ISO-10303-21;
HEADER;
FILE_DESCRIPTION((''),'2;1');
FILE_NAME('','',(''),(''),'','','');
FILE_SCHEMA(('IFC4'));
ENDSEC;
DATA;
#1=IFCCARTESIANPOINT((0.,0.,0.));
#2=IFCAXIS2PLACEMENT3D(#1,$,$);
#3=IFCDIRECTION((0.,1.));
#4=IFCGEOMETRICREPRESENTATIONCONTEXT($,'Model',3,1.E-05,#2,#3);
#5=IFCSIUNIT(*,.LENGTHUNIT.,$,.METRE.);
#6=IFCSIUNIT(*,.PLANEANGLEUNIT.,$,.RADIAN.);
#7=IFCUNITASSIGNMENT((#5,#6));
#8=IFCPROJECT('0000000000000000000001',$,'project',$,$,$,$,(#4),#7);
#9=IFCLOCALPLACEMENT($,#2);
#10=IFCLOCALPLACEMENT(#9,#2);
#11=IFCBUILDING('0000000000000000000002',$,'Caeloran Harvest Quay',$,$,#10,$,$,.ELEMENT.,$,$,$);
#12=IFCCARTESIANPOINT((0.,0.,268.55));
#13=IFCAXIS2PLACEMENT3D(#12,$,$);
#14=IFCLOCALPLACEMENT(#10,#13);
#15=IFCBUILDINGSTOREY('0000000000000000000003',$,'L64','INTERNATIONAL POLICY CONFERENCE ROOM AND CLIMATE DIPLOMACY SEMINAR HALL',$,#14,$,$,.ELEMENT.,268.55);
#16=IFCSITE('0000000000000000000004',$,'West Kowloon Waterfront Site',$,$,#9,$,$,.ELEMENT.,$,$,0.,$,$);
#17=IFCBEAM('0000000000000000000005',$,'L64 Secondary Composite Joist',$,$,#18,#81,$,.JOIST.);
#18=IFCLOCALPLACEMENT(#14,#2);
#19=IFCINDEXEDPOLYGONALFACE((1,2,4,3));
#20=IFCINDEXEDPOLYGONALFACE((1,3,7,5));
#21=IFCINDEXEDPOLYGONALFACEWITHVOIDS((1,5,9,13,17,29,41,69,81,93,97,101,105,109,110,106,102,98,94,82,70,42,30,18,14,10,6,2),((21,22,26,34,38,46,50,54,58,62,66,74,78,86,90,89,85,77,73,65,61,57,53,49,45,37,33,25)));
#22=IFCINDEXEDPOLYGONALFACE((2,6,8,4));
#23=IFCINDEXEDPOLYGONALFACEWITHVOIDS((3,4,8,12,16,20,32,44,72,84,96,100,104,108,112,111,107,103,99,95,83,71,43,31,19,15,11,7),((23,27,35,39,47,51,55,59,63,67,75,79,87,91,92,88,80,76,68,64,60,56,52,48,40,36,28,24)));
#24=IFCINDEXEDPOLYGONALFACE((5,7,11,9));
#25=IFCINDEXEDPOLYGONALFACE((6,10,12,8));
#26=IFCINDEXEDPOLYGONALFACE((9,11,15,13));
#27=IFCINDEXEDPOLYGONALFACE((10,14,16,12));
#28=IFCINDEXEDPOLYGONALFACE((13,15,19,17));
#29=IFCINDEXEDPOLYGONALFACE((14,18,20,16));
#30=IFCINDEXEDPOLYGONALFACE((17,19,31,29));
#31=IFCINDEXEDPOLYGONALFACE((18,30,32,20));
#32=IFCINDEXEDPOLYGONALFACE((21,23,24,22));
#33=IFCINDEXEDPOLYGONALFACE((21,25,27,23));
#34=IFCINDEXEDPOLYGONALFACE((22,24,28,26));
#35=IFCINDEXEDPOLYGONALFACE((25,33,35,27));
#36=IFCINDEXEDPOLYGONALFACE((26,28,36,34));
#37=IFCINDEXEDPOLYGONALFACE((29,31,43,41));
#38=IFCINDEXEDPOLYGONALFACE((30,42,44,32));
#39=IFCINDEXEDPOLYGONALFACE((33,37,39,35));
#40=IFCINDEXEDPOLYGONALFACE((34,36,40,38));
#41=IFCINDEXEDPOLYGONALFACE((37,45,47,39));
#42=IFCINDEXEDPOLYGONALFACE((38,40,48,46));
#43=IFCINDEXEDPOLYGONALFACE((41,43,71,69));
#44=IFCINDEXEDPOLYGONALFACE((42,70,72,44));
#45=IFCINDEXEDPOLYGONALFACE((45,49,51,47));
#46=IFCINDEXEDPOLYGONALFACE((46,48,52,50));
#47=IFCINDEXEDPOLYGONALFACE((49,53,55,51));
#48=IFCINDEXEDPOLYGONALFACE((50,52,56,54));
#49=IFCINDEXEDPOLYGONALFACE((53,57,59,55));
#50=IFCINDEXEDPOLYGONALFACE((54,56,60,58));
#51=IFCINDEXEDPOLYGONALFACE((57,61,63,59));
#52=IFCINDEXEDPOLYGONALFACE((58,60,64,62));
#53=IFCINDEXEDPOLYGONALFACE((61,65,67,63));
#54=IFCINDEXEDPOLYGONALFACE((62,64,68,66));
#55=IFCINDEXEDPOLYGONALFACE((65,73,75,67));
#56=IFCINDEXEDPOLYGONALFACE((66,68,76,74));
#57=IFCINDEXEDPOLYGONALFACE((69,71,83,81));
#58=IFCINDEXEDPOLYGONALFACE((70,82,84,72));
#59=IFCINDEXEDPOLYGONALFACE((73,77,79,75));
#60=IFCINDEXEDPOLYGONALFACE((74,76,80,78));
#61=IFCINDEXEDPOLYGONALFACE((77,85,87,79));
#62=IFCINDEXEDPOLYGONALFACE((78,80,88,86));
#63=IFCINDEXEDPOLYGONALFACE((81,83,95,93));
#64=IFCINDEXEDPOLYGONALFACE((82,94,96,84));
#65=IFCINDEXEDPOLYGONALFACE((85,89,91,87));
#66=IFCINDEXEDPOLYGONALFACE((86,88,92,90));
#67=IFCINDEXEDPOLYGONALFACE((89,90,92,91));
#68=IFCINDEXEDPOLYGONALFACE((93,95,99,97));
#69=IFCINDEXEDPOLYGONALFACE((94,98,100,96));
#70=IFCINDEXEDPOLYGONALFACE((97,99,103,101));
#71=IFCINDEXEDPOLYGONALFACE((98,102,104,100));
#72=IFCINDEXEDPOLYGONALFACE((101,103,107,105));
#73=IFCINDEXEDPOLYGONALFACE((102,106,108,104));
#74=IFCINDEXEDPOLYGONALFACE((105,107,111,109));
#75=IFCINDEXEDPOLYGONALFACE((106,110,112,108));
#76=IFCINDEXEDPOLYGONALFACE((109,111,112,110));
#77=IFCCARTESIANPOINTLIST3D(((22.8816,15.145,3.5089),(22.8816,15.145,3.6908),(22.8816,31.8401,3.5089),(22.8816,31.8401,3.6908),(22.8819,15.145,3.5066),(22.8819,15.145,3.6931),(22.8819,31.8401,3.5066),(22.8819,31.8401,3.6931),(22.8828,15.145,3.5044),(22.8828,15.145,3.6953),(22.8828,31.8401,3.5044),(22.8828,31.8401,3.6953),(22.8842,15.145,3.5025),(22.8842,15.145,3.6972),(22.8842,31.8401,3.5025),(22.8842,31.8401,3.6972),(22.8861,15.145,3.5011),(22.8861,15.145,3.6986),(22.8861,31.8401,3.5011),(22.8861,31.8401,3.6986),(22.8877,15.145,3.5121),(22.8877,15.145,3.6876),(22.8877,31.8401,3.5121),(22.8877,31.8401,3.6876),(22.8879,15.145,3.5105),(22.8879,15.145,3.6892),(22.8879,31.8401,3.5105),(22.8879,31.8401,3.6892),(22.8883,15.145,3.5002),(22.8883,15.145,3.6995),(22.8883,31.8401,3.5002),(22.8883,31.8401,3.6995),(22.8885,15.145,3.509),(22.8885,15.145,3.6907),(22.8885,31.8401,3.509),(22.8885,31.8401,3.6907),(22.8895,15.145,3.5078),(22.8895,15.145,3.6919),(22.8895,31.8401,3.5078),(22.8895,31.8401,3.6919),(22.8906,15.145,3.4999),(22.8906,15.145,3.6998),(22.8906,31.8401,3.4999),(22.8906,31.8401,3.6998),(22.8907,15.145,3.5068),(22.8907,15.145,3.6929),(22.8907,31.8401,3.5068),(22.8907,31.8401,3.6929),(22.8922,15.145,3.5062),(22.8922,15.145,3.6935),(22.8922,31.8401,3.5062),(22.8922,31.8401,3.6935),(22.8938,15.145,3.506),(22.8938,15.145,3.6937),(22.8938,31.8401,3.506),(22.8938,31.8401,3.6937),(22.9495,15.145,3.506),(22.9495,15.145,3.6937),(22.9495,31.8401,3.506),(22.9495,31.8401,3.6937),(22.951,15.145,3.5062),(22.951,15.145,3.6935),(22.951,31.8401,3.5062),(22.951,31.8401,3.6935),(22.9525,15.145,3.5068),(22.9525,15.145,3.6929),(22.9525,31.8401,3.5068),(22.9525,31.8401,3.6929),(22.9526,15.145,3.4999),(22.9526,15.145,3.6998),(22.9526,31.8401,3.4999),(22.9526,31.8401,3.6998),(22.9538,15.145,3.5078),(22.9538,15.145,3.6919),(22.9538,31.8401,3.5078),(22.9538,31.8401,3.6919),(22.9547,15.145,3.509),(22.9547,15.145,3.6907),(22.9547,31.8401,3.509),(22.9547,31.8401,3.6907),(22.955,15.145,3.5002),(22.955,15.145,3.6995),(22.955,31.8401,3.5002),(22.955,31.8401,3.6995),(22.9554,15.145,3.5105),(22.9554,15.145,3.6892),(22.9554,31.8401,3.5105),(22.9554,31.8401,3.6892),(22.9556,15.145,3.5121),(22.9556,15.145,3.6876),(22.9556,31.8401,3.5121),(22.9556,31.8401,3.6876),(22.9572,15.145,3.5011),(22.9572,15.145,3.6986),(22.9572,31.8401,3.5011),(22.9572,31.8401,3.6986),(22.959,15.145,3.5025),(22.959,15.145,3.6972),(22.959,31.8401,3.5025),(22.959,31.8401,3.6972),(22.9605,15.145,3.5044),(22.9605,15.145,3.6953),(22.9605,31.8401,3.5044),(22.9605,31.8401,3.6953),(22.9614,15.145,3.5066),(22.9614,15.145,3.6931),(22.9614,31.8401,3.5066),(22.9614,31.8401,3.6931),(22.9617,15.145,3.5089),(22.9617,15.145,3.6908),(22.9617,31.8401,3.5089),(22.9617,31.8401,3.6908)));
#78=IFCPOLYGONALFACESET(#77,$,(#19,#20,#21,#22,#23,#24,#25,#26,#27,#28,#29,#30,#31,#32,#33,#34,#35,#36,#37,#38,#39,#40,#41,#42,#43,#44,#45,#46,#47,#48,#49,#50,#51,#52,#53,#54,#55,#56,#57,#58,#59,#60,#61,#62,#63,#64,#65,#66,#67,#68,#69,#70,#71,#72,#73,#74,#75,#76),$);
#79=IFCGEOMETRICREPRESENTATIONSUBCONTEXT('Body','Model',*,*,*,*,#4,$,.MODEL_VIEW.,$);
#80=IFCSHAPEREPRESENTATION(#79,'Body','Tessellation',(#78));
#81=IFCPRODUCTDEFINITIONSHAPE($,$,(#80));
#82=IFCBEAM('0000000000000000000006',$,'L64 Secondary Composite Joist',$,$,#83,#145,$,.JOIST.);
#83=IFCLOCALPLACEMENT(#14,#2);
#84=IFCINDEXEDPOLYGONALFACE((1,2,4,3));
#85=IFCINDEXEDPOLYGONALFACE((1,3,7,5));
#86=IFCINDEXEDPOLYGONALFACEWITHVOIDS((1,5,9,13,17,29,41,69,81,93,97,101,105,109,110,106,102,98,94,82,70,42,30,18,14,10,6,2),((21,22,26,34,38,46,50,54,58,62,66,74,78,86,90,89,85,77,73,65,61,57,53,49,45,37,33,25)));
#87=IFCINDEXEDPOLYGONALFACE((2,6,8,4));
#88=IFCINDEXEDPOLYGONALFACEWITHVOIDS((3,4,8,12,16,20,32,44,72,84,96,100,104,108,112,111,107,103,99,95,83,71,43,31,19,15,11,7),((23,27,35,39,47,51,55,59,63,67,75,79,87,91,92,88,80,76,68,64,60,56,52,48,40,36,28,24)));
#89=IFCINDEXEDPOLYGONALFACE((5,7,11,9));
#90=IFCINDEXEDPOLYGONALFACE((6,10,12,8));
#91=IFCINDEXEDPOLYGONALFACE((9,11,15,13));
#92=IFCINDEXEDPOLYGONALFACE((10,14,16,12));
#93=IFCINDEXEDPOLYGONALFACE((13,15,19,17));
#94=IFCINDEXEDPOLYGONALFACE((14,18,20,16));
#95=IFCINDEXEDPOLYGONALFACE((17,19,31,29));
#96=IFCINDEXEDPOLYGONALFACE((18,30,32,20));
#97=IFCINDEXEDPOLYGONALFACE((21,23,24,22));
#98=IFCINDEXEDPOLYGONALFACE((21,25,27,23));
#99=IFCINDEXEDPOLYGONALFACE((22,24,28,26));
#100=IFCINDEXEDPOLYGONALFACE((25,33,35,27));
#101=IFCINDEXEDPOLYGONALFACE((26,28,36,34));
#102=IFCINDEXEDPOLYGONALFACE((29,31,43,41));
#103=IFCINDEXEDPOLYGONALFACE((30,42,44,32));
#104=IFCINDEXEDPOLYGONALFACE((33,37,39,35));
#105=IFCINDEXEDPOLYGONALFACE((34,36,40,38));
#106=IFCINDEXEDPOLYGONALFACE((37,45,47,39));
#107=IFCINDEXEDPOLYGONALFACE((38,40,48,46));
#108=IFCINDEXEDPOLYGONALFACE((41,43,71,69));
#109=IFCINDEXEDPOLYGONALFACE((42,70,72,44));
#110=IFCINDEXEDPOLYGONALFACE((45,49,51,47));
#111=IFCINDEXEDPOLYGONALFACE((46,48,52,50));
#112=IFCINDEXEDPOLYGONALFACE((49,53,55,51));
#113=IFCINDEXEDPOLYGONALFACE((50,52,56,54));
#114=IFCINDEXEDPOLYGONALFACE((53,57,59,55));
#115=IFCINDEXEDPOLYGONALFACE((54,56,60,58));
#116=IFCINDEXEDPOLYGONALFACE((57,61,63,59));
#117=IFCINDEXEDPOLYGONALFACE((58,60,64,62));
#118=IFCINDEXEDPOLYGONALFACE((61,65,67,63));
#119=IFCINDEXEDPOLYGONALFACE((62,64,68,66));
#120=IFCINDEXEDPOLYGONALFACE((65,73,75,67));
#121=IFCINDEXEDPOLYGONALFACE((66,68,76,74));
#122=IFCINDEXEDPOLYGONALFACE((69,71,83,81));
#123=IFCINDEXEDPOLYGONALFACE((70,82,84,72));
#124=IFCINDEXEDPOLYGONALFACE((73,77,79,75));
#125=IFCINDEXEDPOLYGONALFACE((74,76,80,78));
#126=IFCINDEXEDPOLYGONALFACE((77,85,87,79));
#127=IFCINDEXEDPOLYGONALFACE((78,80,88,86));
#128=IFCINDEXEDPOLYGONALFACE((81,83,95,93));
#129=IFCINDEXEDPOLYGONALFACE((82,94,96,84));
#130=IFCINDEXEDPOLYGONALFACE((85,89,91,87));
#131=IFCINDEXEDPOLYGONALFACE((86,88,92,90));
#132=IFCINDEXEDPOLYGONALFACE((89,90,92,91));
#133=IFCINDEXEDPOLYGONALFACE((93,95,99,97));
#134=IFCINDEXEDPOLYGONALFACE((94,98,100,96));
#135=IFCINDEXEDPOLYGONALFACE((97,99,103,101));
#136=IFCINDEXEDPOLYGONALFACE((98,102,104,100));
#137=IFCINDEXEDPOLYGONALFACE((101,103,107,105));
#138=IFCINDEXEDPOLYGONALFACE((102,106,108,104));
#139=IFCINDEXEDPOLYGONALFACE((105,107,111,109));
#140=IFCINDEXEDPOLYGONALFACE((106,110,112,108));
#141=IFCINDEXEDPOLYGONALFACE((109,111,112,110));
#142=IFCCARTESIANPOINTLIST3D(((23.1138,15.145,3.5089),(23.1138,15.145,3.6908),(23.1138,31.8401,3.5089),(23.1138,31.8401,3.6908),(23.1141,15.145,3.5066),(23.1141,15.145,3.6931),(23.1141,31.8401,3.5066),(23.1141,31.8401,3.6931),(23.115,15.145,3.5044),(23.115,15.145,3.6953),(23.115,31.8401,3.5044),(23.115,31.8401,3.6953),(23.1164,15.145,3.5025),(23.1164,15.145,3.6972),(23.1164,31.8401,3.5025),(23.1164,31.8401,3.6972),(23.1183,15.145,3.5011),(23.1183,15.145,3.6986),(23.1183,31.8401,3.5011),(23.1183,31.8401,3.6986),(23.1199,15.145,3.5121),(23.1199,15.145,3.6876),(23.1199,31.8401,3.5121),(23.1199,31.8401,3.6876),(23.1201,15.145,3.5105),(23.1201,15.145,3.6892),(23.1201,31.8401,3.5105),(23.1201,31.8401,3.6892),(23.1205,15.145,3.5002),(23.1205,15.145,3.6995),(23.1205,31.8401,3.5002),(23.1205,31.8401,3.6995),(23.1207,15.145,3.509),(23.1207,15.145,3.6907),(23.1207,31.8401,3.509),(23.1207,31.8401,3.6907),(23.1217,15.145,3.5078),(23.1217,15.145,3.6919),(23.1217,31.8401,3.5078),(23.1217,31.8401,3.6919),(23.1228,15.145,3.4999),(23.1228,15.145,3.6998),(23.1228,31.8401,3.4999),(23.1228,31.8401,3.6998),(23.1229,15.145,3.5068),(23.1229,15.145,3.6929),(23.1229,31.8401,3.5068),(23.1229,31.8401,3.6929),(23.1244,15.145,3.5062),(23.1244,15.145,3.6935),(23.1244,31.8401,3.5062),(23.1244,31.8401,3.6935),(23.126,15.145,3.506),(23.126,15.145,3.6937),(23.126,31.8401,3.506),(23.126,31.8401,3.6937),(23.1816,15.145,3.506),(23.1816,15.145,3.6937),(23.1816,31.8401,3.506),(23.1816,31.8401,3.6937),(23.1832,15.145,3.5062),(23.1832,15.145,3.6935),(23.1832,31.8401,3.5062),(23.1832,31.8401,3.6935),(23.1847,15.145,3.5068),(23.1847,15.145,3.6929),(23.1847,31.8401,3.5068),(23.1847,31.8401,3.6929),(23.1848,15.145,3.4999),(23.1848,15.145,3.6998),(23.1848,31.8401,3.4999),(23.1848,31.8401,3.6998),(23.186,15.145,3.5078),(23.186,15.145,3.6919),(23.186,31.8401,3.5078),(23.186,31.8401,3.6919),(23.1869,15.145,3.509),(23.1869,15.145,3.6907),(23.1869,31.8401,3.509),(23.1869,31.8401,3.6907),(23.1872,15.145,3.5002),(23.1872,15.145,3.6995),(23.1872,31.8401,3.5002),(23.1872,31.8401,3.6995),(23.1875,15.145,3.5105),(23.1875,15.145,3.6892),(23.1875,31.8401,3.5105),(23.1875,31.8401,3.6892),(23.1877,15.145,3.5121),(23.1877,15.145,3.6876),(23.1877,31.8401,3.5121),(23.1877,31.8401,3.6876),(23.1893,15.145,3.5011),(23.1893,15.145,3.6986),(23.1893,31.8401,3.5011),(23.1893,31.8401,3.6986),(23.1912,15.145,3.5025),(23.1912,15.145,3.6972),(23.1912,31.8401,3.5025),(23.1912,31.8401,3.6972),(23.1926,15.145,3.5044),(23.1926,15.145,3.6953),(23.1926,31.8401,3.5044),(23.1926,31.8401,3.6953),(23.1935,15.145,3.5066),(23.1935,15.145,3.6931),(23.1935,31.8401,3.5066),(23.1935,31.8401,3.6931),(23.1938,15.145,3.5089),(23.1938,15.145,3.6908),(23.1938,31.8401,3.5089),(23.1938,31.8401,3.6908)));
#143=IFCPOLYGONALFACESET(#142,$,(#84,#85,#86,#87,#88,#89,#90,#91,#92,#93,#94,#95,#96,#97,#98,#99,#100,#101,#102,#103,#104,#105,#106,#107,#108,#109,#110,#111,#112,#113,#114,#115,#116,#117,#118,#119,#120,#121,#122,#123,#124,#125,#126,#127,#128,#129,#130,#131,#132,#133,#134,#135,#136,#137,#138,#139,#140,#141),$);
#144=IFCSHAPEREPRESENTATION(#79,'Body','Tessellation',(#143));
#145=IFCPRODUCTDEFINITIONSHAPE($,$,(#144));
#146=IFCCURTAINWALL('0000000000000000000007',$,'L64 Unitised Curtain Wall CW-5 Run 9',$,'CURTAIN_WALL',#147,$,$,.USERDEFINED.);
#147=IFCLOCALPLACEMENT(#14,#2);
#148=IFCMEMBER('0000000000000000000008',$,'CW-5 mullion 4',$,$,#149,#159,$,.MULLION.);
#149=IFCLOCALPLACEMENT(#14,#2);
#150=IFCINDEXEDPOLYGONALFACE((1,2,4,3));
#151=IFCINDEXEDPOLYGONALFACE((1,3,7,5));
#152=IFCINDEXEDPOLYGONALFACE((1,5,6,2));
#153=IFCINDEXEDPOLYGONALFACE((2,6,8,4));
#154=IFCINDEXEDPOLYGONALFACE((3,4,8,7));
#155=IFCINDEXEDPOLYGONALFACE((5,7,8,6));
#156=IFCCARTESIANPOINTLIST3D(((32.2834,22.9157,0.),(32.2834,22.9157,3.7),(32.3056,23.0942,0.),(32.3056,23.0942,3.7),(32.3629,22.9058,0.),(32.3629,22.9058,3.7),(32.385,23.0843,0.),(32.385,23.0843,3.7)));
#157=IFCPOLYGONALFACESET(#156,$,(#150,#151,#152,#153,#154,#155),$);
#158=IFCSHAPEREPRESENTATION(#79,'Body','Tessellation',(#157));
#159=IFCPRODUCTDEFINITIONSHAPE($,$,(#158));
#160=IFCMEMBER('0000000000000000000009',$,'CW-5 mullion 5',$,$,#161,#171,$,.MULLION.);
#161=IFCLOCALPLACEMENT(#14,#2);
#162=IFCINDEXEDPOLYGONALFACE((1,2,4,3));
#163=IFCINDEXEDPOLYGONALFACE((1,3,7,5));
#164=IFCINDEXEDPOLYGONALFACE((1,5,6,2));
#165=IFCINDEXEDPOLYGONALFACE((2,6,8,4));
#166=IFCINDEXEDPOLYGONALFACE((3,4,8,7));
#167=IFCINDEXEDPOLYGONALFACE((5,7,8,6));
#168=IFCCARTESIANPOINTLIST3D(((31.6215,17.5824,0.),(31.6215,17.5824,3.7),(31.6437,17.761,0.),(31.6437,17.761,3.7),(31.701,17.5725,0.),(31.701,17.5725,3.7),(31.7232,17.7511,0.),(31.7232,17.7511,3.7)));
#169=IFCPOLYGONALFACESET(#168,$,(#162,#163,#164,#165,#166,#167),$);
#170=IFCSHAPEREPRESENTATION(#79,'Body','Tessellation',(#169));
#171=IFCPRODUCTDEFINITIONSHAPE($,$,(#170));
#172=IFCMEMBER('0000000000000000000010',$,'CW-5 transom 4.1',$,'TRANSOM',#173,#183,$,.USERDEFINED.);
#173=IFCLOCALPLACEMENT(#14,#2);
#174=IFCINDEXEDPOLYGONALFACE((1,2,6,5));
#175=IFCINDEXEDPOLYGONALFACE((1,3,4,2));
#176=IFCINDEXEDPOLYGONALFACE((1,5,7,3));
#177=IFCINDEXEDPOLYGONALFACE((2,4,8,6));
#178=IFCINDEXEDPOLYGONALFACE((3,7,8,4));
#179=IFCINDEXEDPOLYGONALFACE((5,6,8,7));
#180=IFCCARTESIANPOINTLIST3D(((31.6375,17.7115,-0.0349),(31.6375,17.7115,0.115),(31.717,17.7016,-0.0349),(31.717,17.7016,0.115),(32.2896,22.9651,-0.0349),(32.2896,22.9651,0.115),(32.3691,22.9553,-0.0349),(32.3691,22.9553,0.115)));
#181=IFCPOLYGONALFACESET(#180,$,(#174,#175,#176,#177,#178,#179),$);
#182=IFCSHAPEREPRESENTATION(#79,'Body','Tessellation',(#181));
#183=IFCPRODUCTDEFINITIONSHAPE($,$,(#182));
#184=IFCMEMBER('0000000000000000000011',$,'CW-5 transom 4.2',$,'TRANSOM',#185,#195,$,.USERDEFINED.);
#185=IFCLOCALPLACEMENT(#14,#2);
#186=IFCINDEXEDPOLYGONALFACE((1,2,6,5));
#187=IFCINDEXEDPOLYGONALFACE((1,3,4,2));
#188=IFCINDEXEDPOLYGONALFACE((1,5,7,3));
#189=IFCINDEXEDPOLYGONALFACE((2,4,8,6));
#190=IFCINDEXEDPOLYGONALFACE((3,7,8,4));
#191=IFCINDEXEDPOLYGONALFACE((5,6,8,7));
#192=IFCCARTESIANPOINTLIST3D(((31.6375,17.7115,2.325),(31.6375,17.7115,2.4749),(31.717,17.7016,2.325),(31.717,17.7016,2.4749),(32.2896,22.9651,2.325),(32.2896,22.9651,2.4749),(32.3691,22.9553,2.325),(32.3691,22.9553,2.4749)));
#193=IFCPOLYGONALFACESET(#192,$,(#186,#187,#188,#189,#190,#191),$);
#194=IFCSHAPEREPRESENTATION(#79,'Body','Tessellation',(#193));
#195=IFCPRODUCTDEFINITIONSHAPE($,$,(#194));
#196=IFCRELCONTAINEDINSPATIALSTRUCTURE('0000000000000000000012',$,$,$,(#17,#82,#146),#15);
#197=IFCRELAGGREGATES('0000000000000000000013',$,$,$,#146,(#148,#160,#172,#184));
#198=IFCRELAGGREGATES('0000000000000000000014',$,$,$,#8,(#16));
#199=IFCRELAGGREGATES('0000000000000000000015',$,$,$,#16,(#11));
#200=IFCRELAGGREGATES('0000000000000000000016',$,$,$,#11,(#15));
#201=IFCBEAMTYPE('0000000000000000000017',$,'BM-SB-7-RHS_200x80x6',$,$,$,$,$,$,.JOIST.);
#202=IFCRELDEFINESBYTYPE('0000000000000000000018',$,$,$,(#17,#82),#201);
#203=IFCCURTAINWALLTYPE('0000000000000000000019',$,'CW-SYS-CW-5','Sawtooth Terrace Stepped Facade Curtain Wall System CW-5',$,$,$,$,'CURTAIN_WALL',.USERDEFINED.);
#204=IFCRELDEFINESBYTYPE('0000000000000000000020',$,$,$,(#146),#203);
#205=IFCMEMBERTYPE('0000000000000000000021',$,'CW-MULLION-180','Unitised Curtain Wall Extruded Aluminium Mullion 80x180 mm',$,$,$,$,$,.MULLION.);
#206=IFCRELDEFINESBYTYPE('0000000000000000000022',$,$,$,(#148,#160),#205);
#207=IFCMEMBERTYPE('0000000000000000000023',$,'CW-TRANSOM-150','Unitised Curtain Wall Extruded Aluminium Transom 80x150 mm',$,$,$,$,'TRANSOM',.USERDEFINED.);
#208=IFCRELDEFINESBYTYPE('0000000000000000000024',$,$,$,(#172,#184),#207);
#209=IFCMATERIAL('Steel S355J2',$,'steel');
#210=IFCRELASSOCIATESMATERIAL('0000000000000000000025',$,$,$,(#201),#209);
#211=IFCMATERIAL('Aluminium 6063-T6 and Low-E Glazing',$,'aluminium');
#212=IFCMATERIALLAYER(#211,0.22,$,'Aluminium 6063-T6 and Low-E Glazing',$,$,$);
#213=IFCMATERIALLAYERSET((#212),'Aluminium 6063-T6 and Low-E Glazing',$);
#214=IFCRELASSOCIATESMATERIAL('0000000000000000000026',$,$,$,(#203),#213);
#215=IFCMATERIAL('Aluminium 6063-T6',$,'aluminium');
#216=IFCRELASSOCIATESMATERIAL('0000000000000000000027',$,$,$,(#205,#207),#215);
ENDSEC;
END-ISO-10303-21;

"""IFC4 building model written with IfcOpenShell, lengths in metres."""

from ifc_helpers import new_model, si_unit, direction, frame, origin, origin_2d, place, context, subcontext, project, spatial, rectangle, hollow_rectangle, extrude, material, layer, layer_set, material_profile, profile_set, type_object, element, aggregate, save


model = new_model("IFC4")

# Units and contexts
model_context = context("Model", 3, precision=1e-05, world=origin(), true_north=direction((0.0, 1.0)))
body_context = subcontext(model_context, "Body", "Model", "MODEL_VIEW")
ifc_project = project(units=[si_unit("LENGTHUNIT", "METRE"), si_unit("PLANEANGLEUNIT", "RADIAN")], contexts=[model_context])

# Site, building, storey
site_placement = place(None, origin())
site = spatial("IfcSite", under=ifc_project, at=site_placement, Name="West Kowloon Waterfront Site", CompositionType="ELEMENT", RefElevation=0.0)
building_placement = place(site_placement, origin())
building = spatial("IfcBuilding", under=site, at=building_placement, Name="Caeloran Harvest Quay", CompositionType="ELEMENT")
storey_placement = place(building_placement, frame((0.0, 0.0, 268.55)))
storey = spatial("IfcBuildingStorey", under=building, at=storey_placement, Name="L64", Description="INTERNATIONAL POLICY CONFERENCE ROOM AND CLIMATE DIPLOMACY SEMINAR HALL", CompositionType="ELEMENT", Elevation=268.55)

# Beams
ifc_material_1 = material(Name="Steel S355J2", Category="steel")
ifc_material_profile_1 = material_profile(ifc_material_1, hollow_rectangle(XDim=0.0801, YDim=0.2, WallThickness=0.0061, InnerFilletRadius=0.0061, OuterFilletRadius=0.009, at=origin_2d()), Name="RHS 200x80x6")
ifc_profile_set_1 = profile_set([ifc_material_profile_1], Name="Steel S355J2")
beam_type_1 = type_object("IfcBeamType", Name="BM-SB-7-RHS_200x80x6", PredefinedType="JOIST", material=ifc_profile_set_1)
for number, where, z_axis, x_axis, name in (
    (1, (22.9216, 15.145, 3.5999), (0.0, 1.0, 0.0), (-1.0, 0.0, 0.0), "L64 Secondary Composite Joist"),
    (2, (23.1538, 15.145, 3.5999), (0.0, 1.0, 0.0), (-1.0, 0.0, 0.0), "L64 Secondary Composite Joist"),
):
    element("IfcBeam", number, at=place(storey_placement, frame(where, z_axis=z_axis, x_axis=x_axis)), inside=storey, type_object=beam_type_1, Name=name, PredefinedType="JOIST", context=body_context, shape_type="SweptSolid", body=[
        extrude(hollow_rectangle(XDim=0.0801, YDim=0.2, WallThickness=0.0061, InnerFilletRadius=0.0061, OuterFilletRadius=0.009, at=origin_2d()), origin(), (0.0, 0.0, 1.0), 16.6951),
    ])

# Curtain wall, members
ifc_material_2 = material(Name="Aluminium 6063-T6 and Low-E Glazing", Category="aluminium")
ifc_layer_1 = layer(ifc_material_2, 0.22, Name="Aluminium 6063-T6 and Low-E Glazing")
ifc_layer_set_1 = layer_set([ifc_layer_1], Name="Aluminium 6063-T6 and Low-E Glazing")
curtain_wall_type = type_object("IfcCurtainWallType", Name="CW-SYS-CW-5", Description="Sawtooth Terrace Stepped Facade Curtain Wall System CW-5", ElementType="CURTAIN_WALL", PredefinedType="USERDEFINED", material=ifc_layer_set_1)
curtain_wall_placement = place(storey_placement, origin())
curtain_wall = element("IfcCurtainWall", 3, at=curtain_wall_placement, inside=storey, type_object=curtain_wall_type, Name="L64 Unitised Curtain Wall CW-5 Run 9", ObjectType="CURTAIN_WALL", PredefinedType="USERDEFINED")
ifc_material_3 = material(Name="Aluminium 6063-T6", Category="aluminium")
ifc_material_profile_2 = material_profile(ifc_material_3, rectangle(XDim=0.0801, YDim=0.1799, at=origin_2d()), Name="CW-MULLION-180")
ifc_profile_set_2 = profile_set([ifc_material_profile_2], Name="Aluminium 6063-T6")
member_type_1 = type_object("IfcMemberType", Name="CW-MULLION-180", Description="Unitised Curtain Wall Extruded Aluminium Mullion 80x180 mm", PredefinedType="MULLION", material=ifc_profile_set_2)
member_1_placement = place(storey_placement, frame((32.3342, 23.0, 0.0), z_axis=(0.0, 0.0, 1.0), x_axis=(0.992383, -0.12319, 0.0)))
member_1 = element("IfcMember", 4, at=member_1_placement, type_object=member_type_1, Name="CW-5 mullion 4", PredefinedType="MULLION", context=body_context, shape_type="SweptSolid", body=[
    extrude(rectangle(XDim=0.0801, YDim=0.1799, at=origin_2d()), origin(), (0.0, 0.0, 1.0), 3.7),
])
member_2_placement = place(storey_placement, frame((31.6724, 17.6667, 0.0), z_axis=(0.0, 0.0, 1.0), x_axis=(0.992383, -0.12319, 0.0)))
member_2 = element("IfcMember", 5, at=member_2_placement, type_object=member_type_1, Name="CW-5 mullion 5", PredefinedType="MULLION", context=body_context, shape_type="SweptSolid", body=[
    extrude(rectangle(XDim=0.0801, YDim=0.1799, at=origin_2d()), origin(), (0.0, 0.0, 1.0), 3.7),
])
ifc_material_profile_3 = material_profile(ifc_material_3, rectangle(XDim=0.0801, YDim=0.1499, at=origin_2d()), Name="CW-TRANSOM-150")
ifc_profile_set_3 = profile_set([ifc_material_profile_3], Name="Aluminium 6063-T6")
member_type_2 = type_object("IfcMemberType", Name="CW-TRANSOM-150", Description="Unitised Curtain Wall Extruded Aluminium Transom 80x150 mm", ElementType="TRANSOM", PredefinedType="USERDEFINED", material=ifc_profile_set_3)
member_3_placement = place(storey_placement, frame((32.3293, 22.9602, 0.04), z_axis=(-0.123178, -0.992385, 0.0), x_axis=(0.992385, -0.123178, 0.0)))
member_3 = element("IfcMember", 6, at=member_3_placement, type_object=member_type_2, Name="CW-5 transom 4.1", ObjectType="TRANSOM", PredefinedType="USERDEFINED", context=body_context, shape_type="SweptSolid", body=[
    extrude(rectangle(XDim=0.0801, YDim=0.1499, at=origin_2d()), origin(), (0.0, 0.0, 1.0), 5.2939),
])
member_4_placement = place(storey_placement, frame((32.3293, 22.9602, 2.3999), z_axis=(-0.123178, -0.992385, 0.0), x_axis=(0.992385, -0.123178, 0.0)))
member_4 = element("IfcMember", 7, at=member_4_placement, type_object=member_type_2, Name="CW-5 transom 4.2", ObjectType="TRANSOM", PredefinedType="USERDEFINED", context=body_context, shape_type="SweptSolid", body=[
    extrude(rectangle(XDim=0.0801, YDim=0.1499, at=origin_2d()), origin(), (0.0, 0.0, 1.0), 5.2939),
])
aggregate(curtain_wall, [member_1, member_2, member_3, member_4])

save(model, "model.ifc")
